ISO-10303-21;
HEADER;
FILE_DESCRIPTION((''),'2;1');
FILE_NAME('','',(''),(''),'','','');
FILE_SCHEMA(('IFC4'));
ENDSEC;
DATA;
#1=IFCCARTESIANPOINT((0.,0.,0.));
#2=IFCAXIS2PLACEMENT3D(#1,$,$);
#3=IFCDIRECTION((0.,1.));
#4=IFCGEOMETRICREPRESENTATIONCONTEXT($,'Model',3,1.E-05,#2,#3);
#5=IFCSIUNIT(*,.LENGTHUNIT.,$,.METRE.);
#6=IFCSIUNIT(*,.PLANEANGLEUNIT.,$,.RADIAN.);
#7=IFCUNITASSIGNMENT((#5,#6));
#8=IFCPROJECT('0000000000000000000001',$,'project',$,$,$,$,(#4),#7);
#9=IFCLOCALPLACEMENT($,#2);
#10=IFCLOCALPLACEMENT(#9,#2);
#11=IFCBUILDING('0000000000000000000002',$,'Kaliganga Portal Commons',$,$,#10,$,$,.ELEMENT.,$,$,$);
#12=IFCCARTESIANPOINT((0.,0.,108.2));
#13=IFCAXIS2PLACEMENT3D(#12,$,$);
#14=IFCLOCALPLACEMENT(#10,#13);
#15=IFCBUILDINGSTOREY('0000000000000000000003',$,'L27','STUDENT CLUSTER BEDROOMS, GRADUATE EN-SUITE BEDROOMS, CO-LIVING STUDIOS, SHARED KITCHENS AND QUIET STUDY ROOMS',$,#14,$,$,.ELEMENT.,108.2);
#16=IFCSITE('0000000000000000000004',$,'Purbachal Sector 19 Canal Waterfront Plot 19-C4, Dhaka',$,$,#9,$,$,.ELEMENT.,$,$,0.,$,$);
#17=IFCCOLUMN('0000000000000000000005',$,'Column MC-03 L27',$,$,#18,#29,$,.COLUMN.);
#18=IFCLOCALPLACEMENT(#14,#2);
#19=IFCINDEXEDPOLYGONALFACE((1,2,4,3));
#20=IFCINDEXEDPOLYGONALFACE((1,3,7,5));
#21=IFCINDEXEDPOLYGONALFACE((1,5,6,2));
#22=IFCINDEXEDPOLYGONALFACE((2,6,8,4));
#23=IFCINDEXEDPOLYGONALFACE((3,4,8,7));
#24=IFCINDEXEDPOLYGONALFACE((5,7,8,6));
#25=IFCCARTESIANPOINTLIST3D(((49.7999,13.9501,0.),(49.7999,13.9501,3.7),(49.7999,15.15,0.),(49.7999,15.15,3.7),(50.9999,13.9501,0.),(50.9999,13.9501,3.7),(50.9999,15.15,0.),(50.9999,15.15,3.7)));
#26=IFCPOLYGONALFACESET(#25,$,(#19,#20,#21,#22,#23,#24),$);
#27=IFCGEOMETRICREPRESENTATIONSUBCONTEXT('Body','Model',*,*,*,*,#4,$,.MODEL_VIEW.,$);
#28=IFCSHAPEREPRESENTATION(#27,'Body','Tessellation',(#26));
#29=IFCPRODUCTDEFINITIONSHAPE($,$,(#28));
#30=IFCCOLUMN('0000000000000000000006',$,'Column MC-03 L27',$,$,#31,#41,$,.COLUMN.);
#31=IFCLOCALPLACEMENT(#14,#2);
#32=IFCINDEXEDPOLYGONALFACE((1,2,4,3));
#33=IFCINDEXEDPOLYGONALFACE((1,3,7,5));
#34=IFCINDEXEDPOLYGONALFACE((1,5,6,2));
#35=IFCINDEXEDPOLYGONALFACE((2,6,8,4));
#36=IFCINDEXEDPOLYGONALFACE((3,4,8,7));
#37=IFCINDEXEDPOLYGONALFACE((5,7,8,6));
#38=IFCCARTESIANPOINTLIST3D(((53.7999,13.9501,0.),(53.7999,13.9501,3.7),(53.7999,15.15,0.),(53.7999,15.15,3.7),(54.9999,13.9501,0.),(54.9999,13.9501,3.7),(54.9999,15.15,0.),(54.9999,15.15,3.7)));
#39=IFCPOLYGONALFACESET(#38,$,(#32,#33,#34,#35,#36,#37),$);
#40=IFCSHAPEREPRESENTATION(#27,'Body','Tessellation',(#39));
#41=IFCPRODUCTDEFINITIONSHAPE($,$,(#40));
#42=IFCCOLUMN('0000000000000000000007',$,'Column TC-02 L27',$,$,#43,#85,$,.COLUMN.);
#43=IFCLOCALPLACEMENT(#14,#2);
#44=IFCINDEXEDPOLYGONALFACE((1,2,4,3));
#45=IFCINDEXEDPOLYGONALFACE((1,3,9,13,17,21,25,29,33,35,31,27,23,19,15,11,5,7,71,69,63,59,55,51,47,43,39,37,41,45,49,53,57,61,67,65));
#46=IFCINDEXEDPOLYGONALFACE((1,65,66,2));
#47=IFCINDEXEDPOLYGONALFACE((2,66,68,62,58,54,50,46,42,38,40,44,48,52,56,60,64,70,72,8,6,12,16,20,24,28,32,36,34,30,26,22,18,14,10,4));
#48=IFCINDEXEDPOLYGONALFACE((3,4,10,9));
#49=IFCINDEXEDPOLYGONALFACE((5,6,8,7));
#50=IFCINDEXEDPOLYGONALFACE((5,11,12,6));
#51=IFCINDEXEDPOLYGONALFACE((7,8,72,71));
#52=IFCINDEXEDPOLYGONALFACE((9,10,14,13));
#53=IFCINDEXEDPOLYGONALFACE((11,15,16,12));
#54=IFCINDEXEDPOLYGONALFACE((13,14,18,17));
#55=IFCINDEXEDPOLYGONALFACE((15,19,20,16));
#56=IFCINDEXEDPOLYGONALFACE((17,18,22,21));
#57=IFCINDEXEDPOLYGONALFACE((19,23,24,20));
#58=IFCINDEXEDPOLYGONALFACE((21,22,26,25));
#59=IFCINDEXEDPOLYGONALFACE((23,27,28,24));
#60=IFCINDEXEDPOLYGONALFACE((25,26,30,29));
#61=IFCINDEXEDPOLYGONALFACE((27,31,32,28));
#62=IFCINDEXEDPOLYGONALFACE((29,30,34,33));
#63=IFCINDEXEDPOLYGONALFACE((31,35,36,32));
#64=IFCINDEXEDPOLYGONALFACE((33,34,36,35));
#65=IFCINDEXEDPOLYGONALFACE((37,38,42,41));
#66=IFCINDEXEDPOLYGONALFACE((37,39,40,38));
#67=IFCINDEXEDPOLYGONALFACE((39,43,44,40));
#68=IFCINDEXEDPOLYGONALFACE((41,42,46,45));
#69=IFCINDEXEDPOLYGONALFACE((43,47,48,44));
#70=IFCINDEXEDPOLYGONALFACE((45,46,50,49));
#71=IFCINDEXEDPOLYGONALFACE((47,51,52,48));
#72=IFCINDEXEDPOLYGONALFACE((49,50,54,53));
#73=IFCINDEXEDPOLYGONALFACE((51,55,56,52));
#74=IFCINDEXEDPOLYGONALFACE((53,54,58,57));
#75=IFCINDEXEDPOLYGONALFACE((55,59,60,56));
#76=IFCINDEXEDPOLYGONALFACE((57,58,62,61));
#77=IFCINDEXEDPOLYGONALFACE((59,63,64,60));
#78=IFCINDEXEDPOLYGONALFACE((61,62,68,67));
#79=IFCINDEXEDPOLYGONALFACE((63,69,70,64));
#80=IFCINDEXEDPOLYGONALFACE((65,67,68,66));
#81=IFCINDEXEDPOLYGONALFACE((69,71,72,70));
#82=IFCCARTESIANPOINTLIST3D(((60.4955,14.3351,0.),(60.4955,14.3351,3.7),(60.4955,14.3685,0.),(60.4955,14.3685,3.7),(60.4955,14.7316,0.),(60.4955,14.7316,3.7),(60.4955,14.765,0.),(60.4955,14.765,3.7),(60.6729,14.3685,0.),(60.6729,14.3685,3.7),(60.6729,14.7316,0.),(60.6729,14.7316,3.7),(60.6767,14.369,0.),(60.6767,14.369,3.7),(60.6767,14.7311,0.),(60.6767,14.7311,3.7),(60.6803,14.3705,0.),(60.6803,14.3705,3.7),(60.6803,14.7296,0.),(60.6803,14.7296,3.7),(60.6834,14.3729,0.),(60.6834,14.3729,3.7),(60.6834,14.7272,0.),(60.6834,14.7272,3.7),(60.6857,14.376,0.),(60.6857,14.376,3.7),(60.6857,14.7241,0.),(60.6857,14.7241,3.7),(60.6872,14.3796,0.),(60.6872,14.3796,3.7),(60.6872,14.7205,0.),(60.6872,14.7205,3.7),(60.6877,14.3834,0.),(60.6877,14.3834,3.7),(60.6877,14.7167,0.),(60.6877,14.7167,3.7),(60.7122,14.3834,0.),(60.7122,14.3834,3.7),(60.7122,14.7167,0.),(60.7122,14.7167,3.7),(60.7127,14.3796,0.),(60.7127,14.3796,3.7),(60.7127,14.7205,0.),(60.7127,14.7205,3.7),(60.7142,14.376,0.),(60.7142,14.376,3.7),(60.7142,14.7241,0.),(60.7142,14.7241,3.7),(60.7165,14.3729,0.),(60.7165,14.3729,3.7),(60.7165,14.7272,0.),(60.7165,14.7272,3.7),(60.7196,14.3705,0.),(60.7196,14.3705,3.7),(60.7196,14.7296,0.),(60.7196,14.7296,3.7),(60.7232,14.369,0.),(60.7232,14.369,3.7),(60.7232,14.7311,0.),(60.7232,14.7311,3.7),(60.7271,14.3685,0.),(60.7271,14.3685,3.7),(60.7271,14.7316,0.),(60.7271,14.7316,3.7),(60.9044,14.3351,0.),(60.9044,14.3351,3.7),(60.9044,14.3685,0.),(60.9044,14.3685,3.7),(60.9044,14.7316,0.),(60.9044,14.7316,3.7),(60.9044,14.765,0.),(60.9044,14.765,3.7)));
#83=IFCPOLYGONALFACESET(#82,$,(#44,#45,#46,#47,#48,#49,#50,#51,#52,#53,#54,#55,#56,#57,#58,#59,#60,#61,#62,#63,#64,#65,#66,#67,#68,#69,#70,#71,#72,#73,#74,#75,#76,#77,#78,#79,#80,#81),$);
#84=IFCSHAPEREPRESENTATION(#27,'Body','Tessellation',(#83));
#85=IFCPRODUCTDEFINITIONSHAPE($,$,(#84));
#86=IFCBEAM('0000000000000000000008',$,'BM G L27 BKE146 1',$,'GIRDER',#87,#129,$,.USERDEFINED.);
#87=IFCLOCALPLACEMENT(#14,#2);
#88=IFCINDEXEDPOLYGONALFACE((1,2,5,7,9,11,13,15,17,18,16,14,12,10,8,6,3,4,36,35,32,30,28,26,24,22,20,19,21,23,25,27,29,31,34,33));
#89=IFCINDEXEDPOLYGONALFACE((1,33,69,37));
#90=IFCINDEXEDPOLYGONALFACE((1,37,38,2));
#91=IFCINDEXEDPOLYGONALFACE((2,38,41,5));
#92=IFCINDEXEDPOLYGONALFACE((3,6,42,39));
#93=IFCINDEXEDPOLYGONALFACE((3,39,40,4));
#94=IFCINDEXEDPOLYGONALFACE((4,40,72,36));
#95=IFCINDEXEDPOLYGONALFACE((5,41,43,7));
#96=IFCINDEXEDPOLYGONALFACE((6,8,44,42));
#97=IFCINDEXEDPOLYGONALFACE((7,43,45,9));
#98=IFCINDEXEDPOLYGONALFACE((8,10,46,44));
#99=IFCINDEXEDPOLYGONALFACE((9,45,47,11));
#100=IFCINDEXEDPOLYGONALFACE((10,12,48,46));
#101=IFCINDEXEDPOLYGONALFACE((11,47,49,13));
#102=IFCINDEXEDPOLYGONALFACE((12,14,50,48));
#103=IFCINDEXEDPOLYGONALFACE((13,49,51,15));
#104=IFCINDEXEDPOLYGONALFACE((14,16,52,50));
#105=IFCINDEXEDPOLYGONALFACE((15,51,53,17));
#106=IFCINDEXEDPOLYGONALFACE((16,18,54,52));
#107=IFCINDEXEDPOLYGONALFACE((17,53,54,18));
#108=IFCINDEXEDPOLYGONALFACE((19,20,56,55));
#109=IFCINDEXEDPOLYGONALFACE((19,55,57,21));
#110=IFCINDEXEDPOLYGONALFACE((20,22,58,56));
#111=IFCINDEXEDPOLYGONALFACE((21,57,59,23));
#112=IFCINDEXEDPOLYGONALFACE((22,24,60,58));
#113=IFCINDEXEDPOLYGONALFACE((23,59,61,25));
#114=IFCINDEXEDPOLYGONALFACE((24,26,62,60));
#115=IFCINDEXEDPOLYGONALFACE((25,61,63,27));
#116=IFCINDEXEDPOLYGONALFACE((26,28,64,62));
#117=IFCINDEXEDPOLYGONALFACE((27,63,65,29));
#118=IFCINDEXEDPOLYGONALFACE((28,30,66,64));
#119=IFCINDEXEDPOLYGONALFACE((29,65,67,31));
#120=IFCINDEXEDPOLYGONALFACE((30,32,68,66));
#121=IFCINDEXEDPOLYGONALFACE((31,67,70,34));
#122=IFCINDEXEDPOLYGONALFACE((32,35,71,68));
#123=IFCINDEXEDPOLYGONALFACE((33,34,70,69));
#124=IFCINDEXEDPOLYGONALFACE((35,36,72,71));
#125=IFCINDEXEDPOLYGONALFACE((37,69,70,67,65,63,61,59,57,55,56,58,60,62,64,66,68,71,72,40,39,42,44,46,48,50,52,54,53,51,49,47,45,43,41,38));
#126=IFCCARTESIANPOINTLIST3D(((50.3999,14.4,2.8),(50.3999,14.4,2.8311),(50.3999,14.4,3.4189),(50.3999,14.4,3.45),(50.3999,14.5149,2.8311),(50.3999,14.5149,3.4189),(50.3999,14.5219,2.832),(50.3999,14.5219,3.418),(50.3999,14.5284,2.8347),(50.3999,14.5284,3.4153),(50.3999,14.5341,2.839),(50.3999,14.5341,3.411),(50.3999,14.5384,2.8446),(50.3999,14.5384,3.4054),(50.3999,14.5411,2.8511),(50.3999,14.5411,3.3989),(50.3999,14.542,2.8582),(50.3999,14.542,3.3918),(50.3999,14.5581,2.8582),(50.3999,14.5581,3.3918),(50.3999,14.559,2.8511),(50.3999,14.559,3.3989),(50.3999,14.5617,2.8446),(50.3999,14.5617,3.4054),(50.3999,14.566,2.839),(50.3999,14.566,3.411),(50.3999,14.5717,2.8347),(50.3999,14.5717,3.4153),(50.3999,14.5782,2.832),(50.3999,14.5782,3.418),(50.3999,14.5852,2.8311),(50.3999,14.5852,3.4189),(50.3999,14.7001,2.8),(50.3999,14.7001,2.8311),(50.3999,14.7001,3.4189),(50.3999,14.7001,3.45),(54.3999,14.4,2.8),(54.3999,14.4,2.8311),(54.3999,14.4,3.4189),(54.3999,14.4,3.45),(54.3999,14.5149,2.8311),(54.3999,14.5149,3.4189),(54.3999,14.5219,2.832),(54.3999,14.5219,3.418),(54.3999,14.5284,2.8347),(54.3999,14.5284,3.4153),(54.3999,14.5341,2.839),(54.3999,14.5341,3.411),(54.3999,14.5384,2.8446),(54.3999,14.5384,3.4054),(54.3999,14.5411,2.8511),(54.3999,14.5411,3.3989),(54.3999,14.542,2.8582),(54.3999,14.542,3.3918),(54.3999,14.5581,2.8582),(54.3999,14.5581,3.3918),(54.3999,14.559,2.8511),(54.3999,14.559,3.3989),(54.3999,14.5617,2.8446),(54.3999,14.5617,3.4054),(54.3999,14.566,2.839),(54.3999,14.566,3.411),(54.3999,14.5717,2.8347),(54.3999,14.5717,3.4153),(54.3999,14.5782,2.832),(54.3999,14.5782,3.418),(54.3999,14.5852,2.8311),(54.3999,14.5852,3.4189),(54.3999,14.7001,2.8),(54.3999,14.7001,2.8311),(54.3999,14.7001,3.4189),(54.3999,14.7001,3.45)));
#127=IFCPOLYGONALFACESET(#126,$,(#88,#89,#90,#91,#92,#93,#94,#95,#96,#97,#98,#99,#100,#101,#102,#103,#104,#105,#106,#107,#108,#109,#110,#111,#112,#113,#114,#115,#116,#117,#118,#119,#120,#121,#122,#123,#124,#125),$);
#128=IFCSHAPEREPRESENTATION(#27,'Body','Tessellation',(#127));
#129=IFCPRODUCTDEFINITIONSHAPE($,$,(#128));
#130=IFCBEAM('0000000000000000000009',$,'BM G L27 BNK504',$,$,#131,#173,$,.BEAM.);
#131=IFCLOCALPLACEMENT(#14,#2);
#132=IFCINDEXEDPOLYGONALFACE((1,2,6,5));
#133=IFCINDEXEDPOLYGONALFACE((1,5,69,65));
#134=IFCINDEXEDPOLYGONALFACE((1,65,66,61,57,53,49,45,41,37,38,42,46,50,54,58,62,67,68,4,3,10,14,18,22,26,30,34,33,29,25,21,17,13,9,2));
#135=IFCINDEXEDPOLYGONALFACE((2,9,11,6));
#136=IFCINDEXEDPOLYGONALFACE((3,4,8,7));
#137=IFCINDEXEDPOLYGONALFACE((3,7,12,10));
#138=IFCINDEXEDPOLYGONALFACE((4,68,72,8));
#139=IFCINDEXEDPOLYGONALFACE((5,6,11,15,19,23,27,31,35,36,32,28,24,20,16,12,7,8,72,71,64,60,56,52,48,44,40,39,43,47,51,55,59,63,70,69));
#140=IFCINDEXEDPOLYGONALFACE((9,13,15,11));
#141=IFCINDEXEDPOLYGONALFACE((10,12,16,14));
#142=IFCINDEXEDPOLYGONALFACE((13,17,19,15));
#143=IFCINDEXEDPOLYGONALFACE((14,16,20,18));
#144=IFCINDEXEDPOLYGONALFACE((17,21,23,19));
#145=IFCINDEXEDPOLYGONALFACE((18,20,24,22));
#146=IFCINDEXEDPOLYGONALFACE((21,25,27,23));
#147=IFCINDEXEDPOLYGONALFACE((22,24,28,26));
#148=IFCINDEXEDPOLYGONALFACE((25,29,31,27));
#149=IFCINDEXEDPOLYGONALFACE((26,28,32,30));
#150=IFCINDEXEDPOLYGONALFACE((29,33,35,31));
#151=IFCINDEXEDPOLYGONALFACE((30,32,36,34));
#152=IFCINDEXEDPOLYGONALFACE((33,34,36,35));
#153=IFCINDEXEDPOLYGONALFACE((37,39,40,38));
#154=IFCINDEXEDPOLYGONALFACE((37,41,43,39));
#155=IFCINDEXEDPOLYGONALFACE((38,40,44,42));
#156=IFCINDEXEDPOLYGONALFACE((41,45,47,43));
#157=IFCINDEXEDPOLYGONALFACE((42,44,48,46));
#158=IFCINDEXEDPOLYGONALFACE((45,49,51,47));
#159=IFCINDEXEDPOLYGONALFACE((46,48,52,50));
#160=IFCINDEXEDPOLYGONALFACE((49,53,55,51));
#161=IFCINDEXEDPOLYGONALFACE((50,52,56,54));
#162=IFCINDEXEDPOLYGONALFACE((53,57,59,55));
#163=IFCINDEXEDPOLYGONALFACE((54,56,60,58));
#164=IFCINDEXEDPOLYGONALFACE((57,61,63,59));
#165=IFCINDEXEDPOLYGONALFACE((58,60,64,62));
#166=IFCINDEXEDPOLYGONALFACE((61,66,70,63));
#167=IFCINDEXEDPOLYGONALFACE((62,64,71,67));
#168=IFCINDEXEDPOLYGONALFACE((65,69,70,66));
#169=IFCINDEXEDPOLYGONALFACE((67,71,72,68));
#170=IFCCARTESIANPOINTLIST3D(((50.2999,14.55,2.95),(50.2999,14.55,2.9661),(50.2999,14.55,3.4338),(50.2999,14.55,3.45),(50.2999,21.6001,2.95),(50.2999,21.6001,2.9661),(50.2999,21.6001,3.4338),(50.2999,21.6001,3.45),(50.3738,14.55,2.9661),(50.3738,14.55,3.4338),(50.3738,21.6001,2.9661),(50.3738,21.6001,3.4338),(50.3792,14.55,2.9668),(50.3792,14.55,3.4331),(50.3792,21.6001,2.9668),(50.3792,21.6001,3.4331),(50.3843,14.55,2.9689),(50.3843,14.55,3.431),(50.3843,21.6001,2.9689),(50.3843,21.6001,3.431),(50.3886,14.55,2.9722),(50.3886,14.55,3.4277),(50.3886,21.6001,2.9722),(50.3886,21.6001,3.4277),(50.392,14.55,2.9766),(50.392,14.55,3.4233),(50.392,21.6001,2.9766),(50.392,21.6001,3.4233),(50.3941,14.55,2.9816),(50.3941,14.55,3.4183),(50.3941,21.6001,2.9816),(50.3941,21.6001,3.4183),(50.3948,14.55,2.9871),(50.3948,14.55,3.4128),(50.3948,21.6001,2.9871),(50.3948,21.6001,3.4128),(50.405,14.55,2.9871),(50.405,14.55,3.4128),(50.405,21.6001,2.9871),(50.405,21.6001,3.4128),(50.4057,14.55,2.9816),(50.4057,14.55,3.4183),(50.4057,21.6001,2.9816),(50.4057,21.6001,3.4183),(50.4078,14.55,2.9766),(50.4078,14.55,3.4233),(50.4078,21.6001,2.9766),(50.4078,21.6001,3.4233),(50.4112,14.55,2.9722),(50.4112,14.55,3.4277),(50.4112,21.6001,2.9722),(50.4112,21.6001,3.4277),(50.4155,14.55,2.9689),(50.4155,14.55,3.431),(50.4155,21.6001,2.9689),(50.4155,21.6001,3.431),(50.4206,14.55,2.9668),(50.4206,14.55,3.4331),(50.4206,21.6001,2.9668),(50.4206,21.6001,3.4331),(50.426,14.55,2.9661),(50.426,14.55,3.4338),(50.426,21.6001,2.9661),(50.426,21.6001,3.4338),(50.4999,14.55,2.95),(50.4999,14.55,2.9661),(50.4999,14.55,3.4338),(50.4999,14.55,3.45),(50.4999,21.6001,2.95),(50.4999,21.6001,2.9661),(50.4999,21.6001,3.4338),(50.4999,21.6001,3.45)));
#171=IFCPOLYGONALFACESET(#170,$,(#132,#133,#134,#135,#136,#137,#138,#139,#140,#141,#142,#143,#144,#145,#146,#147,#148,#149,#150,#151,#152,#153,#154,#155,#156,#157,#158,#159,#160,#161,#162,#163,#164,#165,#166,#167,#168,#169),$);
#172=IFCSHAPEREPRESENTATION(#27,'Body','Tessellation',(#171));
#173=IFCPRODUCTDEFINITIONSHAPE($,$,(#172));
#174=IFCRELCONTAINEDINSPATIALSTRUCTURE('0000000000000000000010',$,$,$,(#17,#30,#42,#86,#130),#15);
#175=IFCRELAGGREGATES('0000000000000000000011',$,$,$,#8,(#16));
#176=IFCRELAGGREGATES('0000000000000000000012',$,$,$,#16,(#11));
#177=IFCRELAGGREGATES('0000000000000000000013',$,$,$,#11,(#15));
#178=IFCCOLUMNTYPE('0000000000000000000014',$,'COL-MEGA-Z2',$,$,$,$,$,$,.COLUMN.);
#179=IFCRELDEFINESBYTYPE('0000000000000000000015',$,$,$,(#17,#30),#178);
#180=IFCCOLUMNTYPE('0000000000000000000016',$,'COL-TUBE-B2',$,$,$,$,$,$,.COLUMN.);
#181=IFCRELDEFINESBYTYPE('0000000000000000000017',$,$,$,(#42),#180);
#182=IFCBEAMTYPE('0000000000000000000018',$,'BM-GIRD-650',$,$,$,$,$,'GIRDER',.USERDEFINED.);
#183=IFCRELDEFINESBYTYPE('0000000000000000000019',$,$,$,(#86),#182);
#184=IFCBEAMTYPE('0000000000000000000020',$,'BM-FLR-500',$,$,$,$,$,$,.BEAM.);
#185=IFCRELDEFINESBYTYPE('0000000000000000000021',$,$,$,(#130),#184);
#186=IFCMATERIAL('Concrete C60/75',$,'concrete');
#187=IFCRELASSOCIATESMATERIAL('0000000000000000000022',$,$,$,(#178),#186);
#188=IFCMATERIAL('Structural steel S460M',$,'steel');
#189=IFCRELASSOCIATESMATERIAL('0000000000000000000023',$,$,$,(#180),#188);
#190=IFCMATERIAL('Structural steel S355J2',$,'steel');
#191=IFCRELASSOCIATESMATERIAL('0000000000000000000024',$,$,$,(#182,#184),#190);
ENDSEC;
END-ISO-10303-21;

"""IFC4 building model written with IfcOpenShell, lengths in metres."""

from ifc_helpers import new_model, si_unit, direction, frame, origin, origin_2d, place, context, subcontext, project, spatial, rectangle, i_section, extrude, source, transform, mapped, material, material_profile, profile_set, type_object, element, save


model = new_model("IFC4")

# Units and contexts
model_context = context("Model", 3, precision=1e-05, world=origin(), true_north=direction((0.0, 1.0)))
body_context = subcontext(model_context, "Body", "Model", "MODEL_VIEW")
ifc_project = project(units=[si_unit("LENGTHUNIT", "METRE"), si_unit("PLANEANGLEUNIT", "RADIAN")], contexts=[model_context])

# Site, building, storey
site_placement = place(None, origin())
site = spatial("IfcSite", under=ifc_project, at=site_placement, Name="Purbachal Sector 19 Canal Waterfront Plot 19-C4, Dhaka", CompositionType="ELEMENT", RefElevation=0.0)
building_placement = place(site_placement, origin())
building = spatial("IfcBuilding", under=site, at=building_placement, Name="Kaliganga Portal Commons", CompositionType="ELEMENT")
storey_placement = place(building_placement, frame((0.0, 0.0, 108.2)))
storey = spatial("IfcBuildingStorey", under=building, at=storey_placement, Name="L27", Description="STUDENT CLUSTER BEDROOMS, GRADUATE EN-SUITE BEDROOMS, CO-LIVING STUDIOS, SHARED KITCHENS AND QUIET STUDY ROOMS", CompositionType="ELEMENT", Elevation=108.2)

# Columns
ifc_material_1 = material(Name="Concrete C60/75", Category="concrete")
ifc_material_profile_1 = material_profile(ifc_material_1, rectangle(XDim=1.2, YDim=1.2, at=origin_2d()), Name="RC 1200x1200")
ifc_profile_set_1 = profile_set([ifc_material_profile_1], Name="Concrete C60/75")
column_type_1 = type_object("IfcColumnType", Name="COL-MEGA-Z2", PredefinedType="COLUMN", material=ifc_profile_set_1)
shared_shape_1 = source(origin(), body_context, "Body", "SweptSolid", [
    extrude(rectangle(XDim=1.2, YDim=1.2, at=origin_2d()), origin(), (0.0, 0.0, 1.0), 3.7),
])
for number, where, z_axis, x_axis, name in (
    (1, (50.3999, 14.55, 0.0), (0.0, 0.0, 1.0), (1.0, 0.0, 0.0), "Column MC-03 L27"),
    (2, (54.3999, 14.55, 0.0), (0.0, 0.0, 1.0), (1.0, 0.0, 0.0), "Column MC-03 L27"),
):
    element("IfcColumn", number, at=place(storey_placement, frame(where, z_axis=z_axis, x_axis=x_axis)), inside=storey, type_object=column_type_1, Name=name, PredefinedType="COLUMN", context=body_context, shape_type="MappedRepresentation", body=[
        mapped(shared_shape_1, transform((0.0, 0.0, 0.0), x_axis=(1.0, 0.0, 0.0), y_axis=(0.0, 1.0, 0.0), z_axis=(0.0, 0.0, 1.0), scale=1.0)),
    ])
ifc_material_2 = material(Name="Structural steel S460M", Category="steel")
ifc_material_profile_2 = material_profile(ifc_material_2, i_section(OverallWidth=0.4089, OverallDepth=0.4299, WebThickness=0.0244, FlangeThickness=0.0334, FilletRadius=0.0149, at=origin_2d()), Name="HD 400x421")
ifc_profile_set_2 = profile_set([ifc_material_profile_2], Name="Structural steel S460M wide-flange")
column_type_2 = type_object("IfcColumnType", Name="COL-TUBE-B2", PredefinedType="COLUMN", material=ifc_profile_set_2)
shared_shape_2 = source(origin(), body_context, "Body", "SweptSolid", [
    extrude(i_section(OverallWidth=0.4089, OverallDepth=0.4299, WebThickness=0.0244, FlangeThickness=0.0334, FilletRadius=0.0149, at=origin_2d()), origin(), (0.0, 0.0, 1.0), 3.7),
])
column_placement = place(storey_placement, frame((60.7, 14.55, 0.0), z_axis=(0.0, 0.0, 1.0), x_axis=(1.0, 0.0, 0.0)))
element("IfcColumn", 3, at=column_placement, inside=storey, type_object=column_type_2, Name="Column TC-02 L27", PredefinedType="COLUMN", context=body_context, shape_type="MappedRepresentation", body=[
    mapped(shared_shape_2, transform((0.0, 0.0, 0.0), x_axis=(1.0, 0.0, 0.0), y_axis=(0.0, 1.0, 0.0), z_axis=(0.0, 0.0, 1.0), scale=1.0)),
])

# Beams
ifc_material_3 = material(Name="Structural steel S355J2", Category="steel")
ifc_material_profile_3 = material_profile(ifc_material_3, i_section(OverallWidth=0.3, OverallDepth=0.6499, WebThickness=0.0161, FlangeThickness=0.031, FilletRadius=0.0271, at=origin_2d()), Name="HE 650 B")
ifc_profile_set_3 = profile_set([ifc_material_profile_3], Name="Structural steel S355J2 wide-flange")
beam_type_1 = type_object("IfcBeamType", Name="BM-GIRD-650", ElementType="GIRDER", PredefinedType="USERDEFINED", material=ifc_profile_set_3)
shared_shape_3 = source(origin(), body_context, "Body", "SweptSolid", [
    extrude(i_section(OverallWidth=0.3, OverallDepth=0.6499, WebThickness=0.0161, FlangeThickness=0.031, FilletRadius=0.0271, at=origin_2d()), origin(), (0.0, 0.0, 1.0), 4.0),
])
beam_1_placement = place(storey_placement, frame((50.3999, 14.55, 3.125), z_axis=(1.0, 0.0, 0.0), x_axis=(0.0, 1.0, 0.0)))
element("IfcBeam", 4, at=beam_1_placement, inside=storey, type_object=beam_type_1, Name="BM G L27 BKE146 1", ObjectType="GIRDER", PredefinedType="USERDEFINED", context=body_context, shape_type="MappedRepresentation", body=[
    mapped(shared_shape_3, transform((0.0, 0.0, 0.0), x_axis=(1.0, 0.0, 0.0), y_axis=(0.0, 1.0, 0.0), z_axis=(0.0, 0.0, 1.0), scale=1.0)),
])
ifc_material_profile_4 = material_profile(ifc_material_3, i_section(OverallWidth=0.2, OverallDepth=0.5, WebThickness=0.0103, FlangeThickness=0.0161, FilletRadius=0.021, at=origin_2d()), Name="IPE 500")
ifc_profile_set_4 = profile_set([ifc_material_profile_4], Name="Structural steel S355J2 wide-flange")
beam_type_2 = type_object("IfcBeamType", Name="BM-FLR-500", PredefinedType="BEAM", material=ifc_profile_set_4)
shared_shape_4 = source(origin(), body_context, "Body", "SweptSolid", [
    extrude(i_section(OverallWidth=0.2, OverallDepth=0.5, WebThickness=0.0103, FlangeThickness=0.0161, FilletRadius=0.021, at=origin_2d()), origin(), (0.0, 0.0, 1.0), 7.05),
])
for number, where, z_axis, x_axis, name in (
    (5, (50.3999, 14.55, 3.2), (0.0, 1.0, 0.0), (-1.0, 0.0, 0.0), "BM G L27 BNK504"),
):
    element("IfcBeam", number, at=place(storey_placement, frame(where, z_axis=z_axis, x_axis=x_axis)), inside=storey, type_object=beam_type_2, Name=name, PredefinedType="BEAM", context=body_context, shape_type="MappedRepresentation", body=[
        mapped(shared_shape_4, transform((0.0, 0.0, 0.0), x_axis=(1.0, 0.0, 0.0), y_axis=(0.0, 1.0, 0.0), z_axis=(0.0, 0.0, 1.0), scale=1.0)),
    ])

save(model, "model.ifc")
